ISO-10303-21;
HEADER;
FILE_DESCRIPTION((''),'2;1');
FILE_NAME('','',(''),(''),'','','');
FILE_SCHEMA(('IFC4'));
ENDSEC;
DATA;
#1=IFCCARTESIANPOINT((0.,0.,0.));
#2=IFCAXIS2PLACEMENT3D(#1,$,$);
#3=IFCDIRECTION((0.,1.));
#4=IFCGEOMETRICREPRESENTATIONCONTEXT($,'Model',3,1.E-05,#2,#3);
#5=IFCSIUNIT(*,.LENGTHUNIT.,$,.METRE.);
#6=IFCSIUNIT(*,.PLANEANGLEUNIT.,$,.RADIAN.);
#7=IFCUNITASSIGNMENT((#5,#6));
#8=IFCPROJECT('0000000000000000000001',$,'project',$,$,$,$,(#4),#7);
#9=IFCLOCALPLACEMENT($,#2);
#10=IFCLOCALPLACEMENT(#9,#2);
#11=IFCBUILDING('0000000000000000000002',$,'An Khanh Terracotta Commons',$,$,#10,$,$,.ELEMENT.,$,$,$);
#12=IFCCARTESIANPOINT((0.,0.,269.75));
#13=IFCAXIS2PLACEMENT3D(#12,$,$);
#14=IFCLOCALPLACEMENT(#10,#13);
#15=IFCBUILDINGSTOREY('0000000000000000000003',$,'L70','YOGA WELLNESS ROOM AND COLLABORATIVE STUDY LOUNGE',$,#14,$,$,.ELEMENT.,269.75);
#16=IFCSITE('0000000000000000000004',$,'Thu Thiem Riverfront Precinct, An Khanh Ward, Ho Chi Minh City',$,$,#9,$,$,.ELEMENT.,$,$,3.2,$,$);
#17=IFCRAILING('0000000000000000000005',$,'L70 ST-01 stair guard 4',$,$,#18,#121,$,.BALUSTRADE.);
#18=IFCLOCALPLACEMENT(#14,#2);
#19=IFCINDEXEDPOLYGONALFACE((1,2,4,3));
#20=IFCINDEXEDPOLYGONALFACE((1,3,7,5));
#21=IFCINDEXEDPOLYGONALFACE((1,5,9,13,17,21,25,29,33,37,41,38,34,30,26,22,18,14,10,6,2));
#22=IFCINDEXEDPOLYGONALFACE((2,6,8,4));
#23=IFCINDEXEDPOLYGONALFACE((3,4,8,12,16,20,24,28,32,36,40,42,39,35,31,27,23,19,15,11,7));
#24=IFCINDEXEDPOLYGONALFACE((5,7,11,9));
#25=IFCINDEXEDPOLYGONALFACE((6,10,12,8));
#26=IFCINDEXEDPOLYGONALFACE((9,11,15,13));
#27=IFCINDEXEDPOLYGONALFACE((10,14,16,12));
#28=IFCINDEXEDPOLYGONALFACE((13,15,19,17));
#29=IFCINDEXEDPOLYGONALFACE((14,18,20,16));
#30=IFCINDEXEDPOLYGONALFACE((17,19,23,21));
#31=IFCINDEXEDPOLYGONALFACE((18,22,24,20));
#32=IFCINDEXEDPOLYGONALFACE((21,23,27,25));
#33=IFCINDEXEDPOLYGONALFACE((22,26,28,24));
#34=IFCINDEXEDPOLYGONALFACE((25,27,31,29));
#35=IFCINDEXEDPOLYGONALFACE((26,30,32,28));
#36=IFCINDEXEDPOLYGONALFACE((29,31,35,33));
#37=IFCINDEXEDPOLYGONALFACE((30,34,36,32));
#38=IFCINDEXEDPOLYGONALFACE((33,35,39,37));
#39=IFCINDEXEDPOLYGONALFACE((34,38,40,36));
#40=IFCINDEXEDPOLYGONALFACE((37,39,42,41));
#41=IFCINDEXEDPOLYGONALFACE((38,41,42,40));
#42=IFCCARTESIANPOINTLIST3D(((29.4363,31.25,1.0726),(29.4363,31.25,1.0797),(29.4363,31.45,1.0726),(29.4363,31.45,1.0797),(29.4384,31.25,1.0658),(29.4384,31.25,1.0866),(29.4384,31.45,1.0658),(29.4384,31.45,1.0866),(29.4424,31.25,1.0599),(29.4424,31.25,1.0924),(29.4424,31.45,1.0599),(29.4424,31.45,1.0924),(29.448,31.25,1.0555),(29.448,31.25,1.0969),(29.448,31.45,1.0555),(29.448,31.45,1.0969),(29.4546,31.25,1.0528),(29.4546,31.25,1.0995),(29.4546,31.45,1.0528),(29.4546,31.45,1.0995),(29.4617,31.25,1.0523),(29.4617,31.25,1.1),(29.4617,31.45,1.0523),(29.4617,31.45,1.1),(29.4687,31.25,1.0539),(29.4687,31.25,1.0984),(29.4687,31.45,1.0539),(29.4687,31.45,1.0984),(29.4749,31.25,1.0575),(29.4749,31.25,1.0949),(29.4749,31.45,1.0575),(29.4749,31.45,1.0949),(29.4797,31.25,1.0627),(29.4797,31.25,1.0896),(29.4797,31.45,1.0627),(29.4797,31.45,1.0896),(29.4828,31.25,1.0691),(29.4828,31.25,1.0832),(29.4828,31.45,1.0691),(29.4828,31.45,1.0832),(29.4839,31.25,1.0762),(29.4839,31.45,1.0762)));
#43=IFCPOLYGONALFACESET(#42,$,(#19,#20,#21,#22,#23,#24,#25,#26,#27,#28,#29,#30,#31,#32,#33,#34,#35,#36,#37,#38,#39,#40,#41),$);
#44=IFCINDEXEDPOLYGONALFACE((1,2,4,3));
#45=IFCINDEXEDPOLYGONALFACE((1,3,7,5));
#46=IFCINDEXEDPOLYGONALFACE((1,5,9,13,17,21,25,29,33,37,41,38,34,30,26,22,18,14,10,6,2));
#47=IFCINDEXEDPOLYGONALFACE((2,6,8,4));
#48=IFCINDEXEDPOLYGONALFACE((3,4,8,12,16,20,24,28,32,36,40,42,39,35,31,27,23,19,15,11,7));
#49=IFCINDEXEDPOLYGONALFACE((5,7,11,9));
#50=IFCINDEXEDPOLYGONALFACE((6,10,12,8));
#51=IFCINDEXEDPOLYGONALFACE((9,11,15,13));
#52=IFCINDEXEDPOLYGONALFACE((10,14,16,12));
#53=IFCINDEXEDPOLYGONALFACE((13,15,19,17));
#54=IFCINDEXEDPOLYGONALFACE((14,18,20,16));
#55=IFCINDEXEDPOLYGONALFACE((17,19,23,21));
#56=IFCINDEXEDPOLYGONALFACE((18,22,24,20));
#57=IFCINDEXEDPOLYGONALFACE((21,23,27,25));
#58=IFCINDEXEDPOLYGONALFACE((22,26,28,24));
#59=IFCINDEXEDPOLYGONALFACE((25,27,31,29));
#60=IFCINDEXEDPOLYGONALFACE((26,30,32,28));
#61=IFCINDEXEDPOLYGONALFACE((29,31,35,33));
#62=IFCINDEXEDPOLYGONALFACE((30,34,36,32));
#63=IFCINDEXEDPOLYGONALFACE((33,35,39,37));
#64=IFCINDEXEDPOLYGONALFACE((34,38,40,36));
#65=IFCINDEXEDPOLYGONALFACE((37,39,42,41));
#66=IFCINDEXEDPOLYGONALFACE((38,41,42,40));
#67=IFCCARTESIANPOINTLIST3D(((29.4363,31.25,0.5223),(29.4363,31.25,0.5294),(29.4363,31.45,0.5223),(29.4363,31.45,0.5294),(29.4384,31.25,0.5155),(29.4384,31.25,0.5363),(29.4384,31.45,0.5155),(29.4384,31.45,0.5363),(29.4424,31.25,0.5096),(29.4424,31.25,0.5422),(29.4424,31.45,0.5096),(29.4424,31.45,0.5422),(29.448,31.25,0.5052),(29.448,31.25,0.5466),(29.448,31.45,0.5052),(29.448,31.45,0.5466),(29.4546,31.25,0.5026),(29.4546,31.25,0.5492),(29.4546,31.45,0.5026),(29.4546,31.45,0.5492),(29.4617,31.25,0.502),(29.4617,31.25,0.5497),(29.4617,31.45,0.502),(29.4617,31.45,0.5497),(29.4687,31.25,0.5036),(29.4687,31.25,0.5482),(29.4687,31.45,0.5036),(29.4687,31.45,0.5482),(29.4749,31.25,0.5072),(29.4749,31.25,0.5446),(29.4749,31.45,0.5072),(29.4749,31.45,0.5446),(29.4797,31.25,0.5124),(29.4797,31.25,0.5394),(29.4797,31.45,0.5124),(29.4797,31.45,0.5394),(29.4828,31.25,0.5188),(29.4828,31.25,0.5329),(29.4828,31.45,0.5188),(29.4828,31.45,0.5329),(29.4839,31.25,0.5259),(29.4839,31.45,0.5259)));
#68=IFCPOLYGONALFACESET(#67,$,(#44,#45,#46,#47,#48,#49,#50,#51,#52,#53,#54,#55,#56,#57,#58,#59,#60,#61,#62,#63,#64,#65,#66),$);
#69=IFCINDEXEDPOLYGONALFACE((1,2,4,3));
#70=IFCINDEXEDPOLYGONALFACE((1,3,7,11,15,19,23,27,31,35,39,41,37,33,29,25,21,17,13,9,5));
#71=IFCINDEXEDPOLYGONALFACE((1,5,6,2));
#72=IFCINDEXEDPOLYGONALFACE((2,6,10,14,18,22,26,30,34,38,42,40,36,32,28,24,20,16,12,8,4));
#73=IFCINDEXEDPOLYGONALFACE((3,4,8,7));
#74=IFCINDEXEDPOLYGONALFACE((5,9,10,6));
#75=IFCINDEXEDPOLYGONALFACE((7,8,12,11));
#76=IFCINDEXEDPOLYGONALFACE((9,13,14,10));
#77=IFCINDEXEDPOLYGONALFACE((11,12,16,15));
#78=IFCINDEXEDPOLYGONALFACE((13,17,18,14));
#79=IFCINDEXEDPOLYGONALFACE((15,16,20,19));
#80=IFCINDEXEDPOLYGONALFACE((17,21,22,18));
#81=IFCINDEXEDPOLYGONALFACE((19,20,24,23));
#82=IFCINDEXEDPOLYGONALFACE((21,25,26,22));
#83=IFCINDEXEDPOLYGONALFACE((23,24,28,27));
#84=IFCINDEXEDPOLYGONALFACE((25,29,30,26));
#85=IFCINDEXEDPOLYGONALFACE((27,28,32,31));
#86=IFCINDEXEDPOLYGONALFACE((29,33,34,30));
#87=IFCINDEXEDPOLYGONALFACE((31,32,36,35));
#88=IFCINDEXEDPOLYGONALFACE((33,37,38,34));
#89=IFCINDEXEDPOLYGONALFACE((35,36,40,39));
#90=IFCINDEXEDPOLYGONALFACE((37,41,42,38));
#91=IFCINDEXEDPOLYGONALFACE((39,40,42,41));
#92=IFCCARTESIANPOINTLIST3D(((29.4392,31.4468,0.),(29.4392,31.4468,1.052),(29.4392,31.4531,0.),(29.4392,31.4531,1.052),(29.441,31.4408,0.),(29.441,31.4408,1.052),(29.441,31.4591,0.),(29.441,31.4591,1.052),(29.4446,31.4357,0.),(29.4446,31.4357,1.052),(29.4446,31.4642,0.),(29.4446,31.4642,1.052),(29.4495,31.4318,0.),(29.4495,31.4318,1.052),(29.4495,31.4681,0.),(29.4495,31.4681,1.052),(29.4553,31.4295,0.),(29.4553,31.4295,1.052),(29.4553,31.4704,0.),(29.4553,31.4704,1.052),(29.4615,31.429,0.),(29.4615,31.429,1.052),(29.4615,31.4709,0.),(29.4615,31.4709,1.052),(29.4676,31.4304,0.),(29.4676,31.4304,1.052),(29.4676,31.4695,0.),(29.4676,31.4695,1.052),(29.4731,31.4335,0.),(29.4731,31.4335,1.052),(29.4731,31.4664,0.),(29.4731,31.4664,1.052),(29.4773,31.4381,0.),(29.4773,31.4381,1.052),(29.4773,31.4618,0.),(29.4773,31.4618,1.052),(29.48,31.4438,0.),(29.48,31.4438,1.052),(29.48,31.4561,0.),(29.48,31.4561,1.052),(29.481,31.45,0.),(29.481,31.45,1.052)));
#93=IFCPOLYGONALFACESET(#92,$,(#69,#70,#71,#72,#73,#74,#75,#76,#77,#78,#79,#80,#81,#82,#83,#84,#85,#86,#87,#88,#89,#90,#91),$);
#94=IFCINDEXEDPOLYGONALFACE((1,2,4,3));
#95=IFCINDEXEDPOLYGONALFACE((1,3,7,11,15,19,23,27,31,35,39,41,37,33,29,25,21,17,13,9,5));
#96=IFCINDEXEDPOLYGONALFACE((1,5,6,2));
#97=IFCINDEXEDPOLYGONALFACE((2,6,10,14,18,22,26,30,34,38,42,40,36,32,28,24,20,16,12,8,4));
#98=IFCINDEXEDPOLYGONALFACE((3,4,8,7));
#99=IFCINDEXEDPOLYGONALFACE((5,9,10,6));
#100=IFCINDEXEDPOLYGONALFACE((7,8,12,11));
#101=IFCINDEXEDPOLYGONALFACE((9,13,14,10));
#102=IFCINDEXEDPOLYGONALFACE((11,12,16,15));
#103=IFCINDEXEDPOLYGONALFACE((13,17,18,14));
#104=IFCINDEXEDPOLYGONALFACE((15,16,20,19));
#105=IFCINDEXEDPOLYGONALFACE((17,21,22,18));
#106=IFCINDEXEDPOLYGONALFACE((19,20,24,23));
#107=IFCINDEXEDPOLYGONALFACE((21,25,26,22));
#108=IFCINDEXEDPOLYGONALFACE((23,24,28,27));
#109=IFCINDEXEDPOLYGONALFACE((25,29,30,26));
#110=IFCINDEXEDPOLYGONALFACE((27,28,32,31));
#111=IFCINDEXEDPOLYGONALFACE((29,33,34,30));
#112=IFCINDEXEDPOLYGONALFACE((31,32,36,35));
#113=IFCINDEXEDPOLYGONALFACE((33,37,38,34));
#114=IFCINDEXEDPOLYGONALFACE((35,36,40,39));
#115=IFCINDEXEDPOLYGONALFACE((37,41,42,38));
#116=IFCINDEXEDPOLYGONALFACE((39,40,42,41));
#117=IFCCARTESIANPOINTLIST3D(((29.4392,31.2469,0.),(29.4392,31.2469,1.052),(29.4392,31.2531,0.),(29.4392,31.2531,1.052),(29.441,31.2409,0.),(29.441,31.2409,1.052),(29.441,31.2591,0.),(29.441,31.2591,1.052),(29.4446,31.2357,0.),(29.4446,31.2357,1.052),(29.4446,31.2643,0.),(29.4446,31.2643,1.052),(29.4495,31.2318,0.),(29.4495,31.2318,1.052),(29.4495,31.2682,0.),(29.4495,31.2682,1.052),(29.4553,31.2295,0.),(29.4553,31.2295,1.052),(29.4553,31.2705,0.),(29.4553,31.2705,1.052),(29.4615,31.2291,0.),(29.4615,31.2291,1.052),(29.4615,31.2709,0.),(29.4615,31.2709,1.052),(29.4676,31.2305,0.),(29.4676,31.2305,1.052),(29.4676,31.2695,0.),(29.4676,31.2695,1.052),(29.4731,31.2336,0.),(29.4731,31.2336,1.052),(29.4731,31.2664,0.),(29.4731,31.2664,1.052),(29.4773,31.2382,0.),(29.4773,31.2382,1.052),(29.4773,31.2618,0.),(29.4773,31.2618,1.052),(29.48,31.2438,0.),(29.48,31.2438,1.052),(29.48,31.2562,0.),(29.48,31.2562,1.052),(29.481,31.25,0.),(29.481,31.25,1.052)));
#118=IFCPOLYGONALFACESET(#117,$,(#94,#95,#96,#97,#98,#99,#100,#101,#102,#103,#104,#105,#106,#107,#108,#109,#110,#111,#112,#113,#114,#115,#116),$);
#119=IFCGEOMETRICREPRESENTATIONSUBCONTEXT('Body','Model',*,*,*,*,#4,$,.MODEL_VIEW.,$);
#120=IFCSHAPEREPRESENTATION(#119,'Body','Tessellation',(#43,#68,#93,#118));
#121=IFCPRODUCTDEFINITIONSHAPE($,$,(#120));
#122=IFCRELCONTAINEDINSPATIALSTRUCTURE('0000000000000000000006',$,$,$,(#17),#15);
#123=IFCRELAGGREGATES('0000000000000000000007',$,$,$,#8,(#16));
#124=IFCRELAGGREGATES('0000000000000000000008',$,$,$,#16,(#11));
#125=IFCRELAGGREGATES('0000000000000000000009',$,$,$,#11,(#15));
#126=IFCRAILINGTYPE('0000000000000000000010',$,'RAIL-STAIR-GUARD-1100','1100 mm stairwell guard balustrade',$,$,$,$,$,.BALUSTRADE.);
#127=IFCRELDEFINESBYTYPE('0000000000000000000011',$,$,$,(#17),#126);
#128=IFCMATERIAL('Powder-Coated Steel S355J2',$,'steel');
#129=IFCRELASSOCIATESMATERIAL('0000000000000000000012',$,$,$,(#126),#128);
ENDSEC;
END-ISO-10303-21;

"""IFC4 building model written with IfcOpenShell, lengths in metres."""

from ifc_helpers import new_model, si_unit, direction, frame, origin, origin_2d, place, context, subcontext, project, spatial, circle, extrude, material, type_object, element, save


model = new_model("IFC4")

# Units and contexts
model_context = context("Model", 3, precision=1e-05, world=origin(), true_north=direction((0.0, 1.0)))
body_context = subcontext(model_context, "Body", "Model", "MODEL_VIEW")
ifc_project = project(units=[si_unit("LENGTHUNIT", "METRE"), si_unit("PLANEANGLEUNIT", "RADIAN")], contexts=[model_context])

# Site, building, storey
site_placement = place(None, origin())
site = spatial("IfcSite", under=ifc_project, at=site_placement, Name="Thu Thiem Riverfront Precinct, An Khanh Ward, Ho Chi Minh City", CompositionType="ELEMENT", RefElevation=3.2)
building_placement = place(site_placement, origin())
building = spatial("IfcBuilding", under=site, at=building_placement, Name="An Khanh Terracotta Commons", CompositionType="ELEMENT")
storey_placement = place(building_placement, frame((0.0, 0.0, 269.75)))
storey = spatial("IfcBuildingStorey", under=building, at=storey_placement, Name="L70", Description="YOGA WELLNESS ROOM AND COLLABORATIVE STUDY LOUNGE", CompositionType="ELEMENT", Elevation=269.75)

# Railing
ifc_material_1 = material(Name="Powder-Coated Steel S355J2", Category="steel")
railing_type_1 = type_object("IfcRailingType", Name="RAIL-STAIR-GUARD-1100", Description="1100 mm stairwell guard balustrade", PredefinedType="BALUSTRADE", material=ifc_material_1)
railing_1_placement = place(storey_placement, frame((29.46, 31.45, 0.0)))
element("IfcRailing", 1, at=railing_1_placement, inside=storey, type_object=railing_type_1, Name="L70 ST-01 stair guard 4", PredefinedType="BALUSTRADE", context=body_context, shape_type="SweptSolid", body=[
    extrude(circle(Radius=0.0239, at=origin_2d()), frame((0.0, 0.0, 1.0762), z_axis=(0.0, -1.0, 0.0), x_axis=(1.0, 0.0, 0.0)), (0.0, 0.0, 1.0), 0.2),
    extrude(circle(Radius=0.0239, at=origin_2d()), frame((0.0, 0.0, 0.5259), z_axis=(0.0, -1.0, 0.0), x_axis=(1.0, 0.0, 0.0)), (0.0, 0.0, 1.0), 0.2),
    extrude(circle(Radius=0.021, at=origin_2d()), origin(), (0.0, 0.0, 1.0), 1.052),
    extrude(circle(Radius=0.021, at=origin_2d()), frame((0.0, -0.2, 0.0)), (0.0, 0.0, 1.0), 1.052),
])

save(model, "model.ifc")
